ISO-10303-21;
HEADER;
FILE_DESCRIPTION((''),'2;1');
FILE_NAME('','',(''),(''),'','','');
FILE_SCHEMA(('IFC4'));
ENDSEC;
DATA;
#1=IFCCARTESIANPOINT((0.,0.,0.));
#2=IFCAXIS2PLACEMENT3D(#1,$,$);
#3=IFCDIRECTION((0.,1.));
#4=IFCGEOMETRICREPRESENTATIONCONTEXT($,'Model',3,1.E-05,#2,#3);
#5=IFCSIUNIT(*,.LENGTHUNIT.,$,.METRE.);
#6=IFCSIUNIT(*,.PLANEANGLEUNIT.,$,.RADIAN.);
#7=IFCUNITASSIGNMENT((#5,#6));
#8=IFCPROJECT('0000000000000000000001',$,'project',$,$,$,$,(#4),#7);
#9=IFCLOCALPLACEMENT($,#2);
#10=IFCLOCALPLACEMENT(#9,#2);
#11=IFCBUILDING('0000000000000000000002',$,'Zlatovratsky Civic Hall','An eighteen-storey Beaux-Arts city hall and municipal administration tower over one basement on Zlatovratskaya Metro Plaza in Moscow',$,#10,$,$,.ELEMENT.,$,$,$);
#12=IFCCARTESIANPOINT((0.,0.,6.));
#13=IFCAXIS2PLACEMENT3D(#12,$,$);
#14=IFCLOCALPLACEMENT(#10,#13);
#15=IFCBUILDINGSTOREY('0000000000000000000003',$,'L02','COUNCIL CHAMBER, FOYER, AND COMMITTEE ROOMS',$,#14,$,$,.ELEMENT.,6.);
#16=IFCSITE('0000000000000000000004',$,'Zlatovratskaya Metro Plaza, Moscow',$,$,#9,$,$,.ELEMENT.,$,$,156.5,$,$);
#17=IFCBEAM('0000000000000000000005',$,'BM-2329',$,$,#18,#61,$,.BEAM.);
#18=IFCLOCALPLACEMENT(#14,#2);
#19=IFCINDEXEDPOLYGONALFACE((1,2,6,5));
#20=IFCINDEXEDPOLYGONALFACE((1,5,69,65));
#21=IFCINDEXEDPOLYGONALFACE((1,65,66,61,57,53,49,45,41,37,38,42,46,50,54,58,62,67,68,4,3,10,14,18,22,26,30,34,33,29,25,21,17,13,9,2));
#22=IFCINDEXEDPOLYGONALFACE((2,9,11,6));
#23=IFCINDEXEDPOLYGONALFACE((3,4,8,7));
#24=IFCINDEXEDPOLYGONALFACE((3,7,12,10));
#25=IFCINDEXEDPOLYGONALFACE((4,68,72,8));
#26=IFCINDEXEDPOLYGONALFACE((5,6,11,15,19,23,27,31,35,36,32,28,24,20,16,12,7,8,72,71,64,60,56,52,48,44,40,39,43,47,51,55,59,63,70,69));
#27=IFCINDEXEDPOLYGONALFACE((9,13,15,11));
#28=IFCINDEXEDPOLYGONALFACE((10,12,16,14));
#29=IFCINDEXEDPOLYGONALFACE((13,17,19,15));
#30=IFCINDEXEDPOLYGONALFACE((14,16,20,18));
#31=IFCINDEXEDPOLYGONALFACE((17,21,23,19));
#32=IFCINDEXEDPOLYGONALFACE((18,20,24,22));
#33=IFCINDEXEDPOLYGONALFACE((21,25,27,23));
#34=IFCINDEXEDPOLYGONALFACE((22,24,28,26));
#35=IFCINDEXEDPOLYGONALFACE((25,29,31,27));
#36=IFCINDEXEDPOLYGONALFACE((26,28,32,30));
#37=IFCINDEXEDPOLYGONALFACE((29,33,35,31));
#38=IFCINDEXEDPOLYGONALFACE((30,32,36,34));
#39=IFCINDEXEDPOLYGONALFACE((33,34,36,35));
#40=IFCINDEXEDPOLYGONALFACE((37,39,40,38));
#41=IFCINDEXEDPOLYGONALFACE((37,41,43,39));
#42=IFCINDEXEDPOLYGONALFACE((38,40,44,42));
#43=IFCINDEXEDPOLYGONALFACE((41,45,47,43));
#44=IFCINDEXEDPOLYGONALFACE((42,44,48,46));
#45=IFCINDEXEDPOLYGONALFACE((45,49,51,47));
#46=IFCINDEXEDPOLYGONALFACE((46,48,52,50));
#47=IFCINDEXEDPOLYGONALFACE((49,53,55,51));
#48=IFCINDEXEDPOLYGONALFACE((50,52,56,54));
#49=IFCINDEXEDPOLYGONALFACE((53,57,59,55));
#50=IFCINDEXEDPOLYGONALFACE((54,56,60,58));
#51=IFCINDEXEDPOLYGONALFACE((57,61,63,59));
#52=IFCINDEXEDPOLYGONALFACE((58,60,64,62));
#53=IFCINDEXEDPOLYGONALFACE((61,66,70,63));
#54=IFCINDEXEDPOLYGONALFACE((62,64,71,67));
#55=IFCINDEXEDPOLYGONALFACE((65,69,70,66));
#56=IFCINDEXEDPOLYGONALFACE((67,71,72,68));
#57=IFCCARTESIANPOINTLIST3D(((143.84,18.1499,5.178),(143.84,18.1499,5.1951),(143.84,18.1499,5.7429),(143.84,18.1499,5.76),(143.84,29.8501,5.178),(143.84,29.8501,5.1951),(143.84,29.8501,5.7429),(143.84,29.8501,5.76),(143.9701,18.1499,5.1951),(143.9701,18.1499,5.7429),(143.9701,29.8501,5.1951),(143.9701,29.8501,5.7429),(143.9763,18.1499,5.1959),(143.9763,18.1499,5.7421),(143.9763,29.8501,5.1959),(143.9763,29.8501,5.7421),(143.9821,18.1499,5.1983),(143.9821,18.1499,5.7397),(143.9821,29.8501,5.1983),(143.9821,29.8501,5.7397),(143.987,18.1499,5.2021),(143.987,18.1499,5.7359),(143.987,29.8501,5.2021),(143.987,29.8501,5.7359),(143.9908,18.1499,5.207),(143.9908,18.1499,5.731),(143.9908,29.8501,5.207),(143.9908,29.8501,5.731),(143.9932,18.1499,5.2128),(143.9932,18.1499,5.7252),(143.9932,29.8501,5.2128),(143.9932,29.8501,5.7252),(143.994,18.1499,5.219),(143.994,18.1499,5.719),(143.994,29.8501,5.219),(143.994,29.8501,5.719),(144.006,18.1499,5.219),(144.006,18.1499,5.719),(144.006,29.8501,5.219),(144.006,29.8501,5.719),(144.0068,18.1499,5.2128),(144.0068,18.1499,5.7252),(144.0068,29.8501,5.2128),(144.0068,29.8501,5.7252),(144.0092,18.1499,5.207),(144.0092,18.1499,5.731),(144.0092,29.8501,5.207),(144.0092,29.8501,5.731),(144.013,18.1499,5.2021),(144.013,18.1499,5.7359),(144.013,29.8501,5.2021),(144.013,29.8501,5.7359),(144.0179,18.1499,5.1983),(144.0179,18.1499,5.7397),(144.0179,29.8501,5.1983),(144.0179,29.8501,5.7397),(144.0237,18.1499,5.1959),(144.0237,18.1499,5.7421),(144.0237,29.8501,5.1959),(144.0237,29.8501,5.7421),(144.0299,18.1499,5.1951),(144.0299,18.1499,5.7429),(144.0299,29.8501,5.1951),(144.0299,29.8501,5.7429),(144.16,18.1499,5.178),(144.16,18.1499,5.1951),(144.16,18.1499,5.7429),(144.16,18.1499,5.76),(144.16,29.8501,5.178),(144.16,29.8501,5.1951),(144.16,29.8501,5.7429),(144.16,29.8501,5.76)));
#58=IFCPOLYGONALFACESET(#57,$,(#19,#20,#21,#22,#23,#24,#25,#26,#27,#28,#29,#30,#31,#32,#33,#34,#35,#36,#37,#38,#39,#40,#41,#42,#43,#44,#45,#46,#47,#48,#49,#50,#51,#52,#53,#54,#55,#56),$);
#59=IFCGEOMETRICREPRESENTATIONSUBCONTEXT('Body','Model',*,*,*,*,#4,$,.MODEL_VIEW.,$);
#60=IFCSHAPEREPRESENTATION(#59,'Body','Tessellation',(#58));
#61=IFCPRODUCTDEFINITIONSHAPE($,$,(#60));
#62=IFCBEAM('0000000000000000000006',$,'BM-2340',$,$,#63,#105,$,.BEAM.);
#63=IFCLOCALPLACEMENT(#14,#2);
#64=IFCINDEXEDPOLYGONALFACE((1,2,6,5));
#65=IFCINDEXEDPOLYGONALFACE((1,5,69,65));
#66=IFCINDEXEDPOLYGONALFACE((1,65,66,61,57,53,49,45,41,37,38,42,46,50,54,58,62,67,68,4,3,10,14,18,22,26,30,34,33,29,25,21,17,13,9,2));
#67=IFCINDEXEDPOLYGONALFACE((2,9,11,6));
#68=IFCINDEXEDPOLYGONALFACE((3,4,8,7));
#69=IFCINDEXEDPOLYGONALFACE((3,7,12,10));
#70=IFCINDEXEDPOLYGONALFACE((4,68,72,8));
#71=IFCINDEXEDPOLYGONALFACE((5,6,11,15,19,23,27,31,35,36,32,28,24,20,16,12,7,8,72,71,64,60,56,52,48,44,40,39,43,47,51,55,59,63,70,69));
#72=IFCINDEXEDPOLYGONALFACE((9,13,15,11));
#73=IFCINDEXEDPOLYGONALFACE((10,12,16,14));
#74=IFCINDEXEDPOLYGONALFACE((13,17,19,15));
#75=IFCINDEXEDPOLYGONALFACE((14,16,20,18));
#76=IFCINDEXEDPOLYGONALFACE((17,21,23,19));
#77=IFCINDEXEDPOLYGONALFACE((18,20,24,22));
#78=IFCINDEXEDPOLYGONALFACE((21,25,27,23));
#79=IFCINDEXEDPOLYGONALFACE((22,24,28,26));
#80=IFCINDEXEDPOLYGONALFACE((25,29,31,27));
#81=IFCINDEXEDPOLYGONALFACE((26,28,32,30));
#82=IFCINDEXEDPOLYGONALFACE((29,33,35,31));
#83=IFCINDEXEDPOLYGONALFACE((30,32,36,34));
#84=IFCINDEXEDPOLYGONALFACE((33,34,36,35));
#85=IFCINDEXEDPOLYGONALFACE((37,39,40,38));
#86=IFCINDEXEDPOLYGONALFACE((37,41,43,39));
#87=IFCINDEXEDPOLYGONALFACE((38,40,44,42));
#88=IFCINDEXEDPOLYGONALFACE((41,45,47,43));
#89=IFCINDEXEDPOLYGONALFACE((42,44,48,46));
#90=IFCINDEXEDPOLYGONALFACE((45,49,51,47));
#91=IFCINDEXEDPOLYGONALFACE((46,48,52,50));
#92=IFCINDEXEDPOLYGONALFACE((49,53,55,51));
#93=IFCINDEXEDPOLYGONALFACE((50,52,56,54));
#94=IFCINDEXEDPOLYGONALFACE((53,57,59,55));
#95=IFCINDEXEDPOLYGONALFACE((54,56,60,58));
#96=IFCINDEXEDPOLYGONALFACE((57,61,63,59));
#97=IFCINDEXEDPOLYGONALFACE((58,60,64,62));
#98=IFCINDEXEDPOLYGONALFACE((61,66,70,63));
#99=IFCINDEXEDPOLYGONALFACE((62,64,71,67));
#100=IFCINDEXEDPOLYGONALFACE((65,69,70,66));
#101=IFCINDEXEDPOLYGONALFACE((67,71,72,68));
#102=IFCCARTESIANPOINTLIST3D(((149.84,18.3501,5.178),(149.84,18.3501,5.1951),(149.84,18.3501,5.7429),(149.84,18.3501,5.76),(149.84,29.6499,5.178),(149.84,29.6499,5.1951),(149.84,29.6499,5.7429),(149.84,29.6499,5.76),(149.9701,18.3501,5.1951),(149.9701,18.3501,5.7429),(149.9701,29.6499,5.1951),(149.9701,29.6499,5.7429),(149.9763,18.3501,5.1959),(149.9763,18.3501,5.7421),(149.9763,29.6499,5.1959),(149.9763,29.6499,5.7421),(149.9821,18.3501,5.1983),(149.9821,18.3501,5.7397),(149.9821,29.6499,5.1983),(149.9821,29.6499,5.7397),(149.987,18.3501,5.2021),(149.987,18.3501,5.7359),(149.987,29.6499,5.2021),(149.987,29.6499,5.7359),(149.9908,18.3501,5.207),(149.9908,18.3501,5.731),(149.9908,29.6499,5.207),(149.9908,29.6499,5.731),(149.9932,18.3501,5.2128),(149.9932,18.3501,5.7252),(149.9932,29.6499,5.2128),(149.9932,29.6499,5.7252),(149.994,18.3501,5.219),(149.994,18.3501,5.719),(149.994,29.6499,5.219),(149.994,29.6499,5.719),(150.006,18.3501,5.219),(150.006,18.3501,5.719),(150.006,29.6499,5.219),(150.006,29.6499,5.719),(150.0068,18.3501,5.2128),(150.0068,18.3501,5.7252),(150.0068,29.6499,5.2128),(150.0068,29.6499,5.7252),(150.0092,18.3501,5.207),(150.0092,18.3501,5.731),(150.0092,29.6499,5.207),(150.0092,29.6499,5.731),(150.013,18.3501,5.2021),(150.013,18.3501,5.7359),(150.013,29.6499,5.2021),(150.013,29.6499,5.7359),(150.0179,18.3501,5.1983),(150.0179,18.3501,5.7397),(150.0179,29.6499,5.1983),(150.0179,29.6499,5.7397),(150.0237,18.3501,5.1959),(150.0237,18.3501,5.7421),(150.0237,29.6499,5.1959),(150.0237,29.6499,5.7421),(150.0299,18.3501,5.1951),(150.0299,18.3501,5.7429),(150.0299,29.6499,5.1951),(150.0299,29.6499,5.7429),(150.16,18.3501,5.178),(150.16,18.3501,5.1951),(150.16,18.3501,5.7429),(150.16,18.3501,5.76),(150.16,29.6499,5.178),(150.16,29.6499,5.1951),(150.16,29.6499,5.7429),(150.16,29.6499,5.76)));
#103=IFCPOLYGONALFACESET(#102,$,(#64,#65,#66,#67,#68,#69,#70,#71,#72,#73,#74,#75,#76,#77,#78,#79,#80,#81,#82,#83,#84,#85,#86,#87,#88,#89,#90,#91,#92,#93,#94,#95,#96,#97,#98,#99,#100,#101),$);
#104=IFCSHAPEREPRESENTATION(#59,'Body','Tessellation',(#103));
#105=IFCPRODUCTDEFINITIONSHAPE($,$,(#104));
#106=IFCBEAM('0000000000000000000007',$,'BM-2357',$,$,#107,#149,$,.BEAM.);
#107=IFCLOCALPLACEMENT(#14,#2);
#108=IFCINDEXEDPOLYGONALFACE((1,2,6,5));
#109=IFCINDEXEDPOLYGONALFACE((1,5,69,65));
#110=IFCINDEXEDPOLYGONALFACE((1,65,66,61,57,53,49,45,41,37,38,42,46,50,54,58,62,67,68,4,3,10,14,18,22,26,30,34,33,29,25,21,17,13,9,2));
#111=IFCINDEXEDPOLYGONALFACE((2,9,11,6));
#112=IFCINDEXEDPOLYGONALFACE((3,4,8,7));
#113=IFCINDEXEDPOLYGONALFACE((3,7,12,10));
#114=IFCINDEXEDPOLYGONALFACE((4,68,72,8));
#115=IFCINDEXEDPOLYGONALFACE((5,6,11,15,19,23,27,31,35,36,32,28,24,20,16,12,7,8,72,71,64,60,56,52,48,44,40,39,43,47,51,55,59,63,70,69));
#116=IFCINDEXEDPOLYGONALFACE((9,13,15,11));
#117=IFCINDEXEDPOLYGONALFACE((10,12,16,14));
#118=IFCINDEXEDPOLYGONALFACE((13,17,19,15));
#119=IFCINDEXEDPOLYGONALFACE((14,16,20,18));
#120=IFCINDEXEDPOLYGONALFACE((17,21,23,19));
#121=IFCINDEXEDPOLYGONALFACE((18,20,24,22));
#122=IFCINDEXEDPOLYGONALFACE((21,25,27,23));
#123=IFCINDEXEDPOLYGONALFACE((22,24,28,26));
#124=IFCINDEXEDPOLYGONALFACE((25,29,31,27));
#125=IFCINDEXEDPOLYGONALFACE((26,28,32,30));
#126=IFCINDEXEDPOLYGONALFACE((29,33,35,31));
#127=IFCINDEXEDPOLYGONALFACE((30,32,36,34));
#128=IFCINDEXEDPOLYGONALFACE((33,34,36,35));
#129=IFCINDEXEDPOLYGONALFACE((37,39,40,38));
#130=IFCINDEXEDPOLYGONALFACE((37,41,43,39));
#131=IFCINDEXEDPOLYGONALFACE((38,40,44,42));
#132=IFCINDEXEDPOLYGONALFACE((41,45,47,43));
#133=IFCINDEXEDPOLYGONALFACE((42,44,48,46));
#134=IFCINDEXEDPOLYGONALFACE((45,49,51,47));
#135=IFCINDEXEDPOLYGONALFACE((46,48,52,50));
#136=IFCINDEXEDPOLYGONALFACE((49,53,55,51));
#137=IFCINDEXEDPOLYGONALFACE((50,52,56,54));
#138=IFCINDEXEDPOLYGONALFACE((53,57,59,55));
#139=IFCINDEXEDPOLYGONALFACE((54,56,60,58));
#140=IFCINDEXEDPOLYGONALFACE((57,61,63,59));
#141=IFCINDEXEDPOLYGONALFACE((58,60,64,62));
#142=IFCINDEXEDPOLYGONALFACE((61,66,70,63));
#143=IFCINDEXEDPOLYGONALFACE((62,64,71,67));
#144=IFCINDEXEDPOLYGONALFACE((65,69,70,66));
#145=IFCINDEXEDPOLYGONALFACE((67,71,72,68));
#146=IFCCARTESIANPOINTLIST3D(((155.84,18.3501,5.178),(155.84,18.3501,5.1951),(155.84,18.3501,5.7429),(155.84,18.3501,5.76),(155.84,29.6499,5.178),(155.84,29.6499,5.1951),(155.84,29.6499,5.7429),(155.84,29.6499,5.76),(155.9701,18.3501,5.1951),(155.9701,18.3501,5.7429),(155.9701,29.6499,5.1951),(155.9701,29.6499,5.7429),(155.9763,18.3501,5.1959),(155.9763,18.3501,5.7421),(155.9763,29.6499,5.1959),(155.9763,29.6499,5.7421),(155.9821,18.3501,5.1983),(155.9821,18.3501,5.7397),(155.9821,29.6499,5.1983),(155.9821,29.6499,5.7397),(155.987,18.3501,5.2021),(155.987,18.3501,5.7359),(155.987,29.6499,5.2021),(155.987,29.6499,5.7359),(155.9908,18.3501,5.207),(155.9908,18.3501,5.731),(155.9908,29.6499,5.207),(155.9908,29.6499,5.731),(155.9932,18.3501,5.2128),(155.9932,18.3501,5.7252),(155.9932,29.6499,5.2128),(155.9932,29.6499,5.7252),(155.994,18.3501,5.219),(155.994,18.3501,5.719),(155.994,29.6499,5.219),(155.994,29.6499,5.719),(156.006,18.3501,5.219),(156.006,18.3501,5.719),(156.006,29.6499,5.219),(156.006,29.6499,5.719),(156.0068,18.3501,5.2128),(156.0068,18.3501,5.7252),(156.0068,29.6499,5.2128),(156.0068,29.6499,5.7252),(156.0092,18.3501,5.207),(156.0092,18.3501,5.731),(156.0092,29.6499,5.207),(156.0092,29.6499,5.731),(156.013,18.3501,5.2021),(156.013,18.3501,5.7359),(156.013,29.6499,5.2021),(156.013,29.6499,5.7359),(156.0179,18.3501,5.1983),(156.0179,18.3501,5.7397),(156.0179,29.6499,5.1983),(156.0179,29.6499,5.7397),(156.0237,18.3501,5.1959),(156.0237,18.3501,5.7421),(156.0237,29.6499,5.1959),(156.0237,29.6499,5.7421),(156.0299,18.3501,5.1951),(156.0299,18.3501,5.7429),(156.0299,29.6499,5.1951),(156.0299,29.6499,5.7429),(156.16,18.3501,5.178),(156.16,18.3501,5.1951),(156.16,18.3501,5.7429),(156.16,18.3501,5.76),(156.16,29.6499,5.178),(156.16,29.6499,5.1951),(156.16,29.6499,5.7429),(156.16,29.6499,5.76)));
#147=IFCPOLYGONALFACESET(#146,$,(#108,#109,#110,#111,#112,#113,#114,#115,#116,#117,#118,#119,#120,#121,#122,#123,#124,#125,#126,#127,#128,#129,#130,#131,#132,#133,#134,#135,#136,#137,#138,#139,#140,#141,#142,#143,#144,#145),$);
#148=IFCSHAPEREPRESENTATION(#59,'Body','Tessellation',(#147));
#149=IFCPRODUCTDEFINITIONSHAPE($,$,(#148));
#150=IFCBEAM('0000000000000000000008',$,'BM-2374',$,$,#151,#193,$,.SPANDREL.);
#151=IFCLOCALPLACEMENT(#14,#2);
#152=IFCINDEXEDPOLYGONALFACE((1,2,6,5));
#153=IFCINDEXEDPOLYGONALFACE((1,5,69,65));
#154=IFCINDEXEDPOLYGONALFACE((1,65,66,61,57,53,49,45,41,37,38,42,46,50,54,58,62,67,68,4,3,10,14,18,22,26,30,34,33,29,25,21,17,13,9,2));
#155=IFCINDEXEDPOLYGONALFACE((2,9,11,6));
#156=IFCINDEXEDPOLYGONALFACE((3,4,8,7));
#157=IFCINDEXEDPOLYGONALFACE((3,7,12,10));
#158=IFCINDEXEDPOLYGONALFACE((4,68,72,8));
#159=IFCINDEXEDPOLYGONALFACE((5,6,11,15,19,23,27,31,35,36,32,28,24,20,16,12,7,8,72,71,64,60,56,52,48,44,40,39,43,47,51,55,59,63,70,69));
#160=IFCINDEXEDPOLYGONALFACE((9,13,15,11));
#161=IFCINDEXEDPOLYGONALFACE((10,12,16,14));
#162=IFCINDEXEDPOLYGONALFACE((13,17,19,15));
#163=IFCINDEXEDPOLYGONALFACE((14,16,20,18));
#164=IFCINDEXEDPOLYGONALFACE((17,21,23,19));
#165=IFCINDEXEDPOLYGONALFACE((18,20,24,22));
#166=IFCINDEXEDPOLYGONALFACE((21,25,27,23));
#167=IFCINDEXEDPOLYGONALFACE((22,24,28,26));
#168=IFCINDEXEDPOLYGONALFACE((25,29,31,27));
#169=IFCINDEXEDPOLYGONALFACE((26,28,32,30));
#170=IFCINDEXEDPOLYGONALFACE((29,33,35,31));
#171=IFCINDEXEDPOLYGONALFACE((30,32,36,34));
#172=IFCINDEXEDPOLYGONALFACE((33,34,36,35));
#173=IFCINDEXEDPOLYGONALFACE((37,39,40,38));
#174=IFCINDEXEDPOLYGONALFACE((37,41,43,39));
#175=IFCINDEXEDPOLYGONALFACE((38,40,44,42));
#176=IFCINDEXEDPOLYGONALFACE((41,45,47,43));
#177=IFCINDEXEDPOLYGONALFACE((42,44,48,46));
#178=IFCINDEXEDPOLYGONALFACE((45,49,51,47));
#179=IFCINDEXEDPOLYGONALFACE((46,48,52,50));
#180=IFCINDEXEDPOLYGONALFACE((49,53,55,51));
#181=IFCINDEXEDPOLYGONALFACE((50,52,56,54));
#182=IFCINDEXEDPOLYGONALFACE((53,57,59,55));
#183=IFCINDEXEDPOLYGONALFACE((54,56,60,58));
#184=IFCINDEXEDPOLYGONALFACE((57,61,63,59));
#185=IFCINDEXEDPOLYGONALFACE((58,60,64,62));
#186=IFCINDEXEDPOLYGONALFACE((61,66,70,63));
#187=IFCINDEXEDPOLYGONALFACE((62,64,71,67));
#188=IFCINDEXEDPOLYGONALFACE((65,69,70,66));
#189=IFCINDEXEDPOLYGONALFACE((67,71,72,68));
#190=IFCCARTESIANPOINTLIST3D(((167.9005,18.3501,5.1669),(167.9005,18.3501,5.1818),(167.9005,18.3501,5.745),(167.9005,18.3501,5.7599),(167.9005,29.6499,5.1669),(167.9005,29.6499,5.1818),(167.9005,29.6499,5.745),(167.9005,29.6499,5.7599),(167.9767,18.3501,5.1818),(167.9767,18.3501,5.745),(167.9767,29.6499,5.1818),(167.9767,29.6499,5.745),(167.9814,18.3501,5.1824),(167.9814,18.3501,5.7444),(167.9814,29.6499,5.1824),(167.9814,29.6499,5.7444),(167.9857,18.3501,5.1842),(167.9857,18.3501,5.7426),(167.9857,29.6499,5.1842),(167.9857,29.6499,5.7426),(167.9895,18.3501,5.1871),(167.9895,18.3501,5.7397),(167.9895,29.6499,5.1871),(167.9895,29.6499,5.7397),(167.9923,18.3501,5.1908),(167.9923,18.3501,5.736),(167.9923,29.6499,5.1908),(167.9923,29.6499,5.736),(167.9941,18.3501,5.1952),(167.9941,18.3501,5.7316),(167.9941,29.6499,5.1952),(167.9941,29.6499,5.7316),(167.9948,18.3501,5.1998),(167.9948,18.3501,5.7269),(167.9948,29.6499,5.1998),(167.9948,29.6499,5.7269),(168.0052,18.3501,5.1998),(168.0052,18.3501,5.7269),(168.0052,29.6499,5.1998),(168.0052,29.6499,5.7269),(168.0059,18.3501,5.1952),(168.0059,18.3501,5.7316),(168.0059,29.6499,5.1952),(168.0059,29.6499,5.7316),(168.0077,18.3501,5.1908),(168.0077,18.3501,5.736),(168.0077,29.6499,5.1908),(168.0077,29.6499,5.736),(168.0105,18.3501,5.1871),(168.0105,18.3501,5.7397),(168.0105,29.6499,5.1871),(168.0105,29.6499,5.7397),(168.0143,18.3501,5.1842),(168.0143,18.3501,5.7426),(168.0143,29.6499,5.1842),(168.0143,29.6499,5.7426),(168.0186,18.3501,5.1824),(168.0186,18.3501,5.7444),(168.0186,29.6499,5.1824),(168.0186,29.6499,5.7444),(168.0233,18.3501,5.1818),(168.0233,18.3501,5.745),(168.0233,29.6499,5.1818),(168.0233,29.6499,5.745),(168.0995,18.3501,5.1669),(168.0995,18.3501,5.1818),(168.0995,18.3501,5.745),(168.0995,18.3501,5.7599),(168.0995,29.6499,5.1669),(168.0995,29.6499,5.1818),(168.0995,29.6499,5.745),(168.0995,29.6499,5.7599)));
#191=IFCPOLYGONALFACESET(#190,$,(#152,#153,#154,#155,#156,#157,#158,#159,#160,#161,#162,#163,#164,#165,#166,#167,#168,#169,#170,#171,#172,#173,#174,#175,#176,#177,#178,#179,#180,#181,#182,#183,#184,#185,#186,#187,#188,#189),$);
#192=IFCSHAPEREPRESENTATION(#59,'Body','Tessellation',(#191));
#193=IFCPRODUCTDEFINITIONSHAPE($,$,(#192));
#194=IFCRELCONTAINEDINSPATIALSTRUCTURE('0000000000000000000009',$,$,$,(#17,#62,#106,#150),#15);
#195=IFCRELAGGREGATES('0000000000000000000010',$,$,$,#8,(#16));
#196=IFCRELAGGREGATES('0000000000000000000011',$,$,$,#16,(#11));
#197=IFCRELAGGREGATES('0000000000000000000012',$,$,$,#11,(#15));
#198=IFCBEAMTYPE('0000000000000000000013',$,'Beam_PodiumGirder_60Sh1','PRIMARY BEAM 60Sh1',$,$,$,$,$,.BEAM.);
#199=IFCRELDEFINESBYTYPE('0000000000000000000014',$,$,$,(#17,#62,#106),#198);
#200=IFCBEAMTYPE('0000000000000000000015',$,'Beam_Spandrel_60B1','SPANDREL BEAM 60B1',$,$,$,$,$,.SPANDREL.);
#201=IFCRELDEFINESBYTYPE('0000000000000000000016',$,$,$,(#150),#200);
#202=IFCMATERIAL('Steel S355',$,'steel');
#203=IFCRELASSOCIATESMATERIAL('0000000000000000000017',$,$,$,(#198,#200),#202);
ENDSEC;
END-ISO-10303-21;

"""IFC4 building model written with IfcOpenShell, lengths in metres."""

from ifc_helpers import new_model, si_unit, direction, frame, origin, origin_2d, place, context, subcontext, project, spatial, i_section, extrude, material, material_profile, profile_set, type_object, element, save


model = new_model("IFC4")

# Units and contexts
model_context = context("Model", 3, precision=1e-05, world=origin(), true_north=direction((0.0, 1.0)))
body_context = subcontext(model_context, "Body", "Model", "MODEL_VIEW")
ifc_project = project(units=[si_unit("LENGTHUNIT", "METRE"), si_unit("PLANEANGLEUNIT", "RADIAN")], contexts=[model_context])

# Site, building, storey
site_placement = place(None, origin())
site = spatial("IfcSite", under=ifc_project, at=site_placement, Name="Zlatovratskaya Metro Plaza, Moscow", CompositionType="ELEMENT", RefElevation=156.5)
building_placement = place(site_placement, origin())
building = spatial("IfcBuilding", under=site, at=building_placement, Name="Zlatovratsky Civic Hall", Description="An eighteen-storey Beaux-Arts city hall and municipal administration tower over one basement on Zlatovratskaya Metro Plaza in Moscow", CompositionType="ELEMENT")
storey_placement = place(building_placement, frame((0.0, 0.0, 6.0)))
storey = spatial("IfcBuildingStorey", under=building, at=storey_placement, Name="L02", Description="COUNCIL CHAMBER, FOYER, AND COMMITTEE ROOMS", CompositionType="ELEMENT", Elevation=6.0)

# Shared definitions
ifc_material_1 = material(Name="Steel S355", Category="steel")

# Beams
ifc_material_profile_1 = material_profile(ifc_material_1, i_section(OverallWidth=0.3201, OverallDepth=0.582, WebThickness=0.012, FlangeThickness=0.0171, FilletRadius=0.0239, at=origin_2d()), Name="60Sh1")
ifc_profile_set_1 = profile_set([ifc_material_profile_1], Name="Steel S355")
beam_type_1 = type_object("IfcBeamType", Name="Beam_PodiumGirder_60Sh1", Description="PRIMARY BEAM 60Sh1", PredefinedType="BEAM", material=ifc_profile_set_1)
beam_1_placement = place(storey_placement, frame((144.0, 18.1499, 5.469), z_axis=(0.0, 1.0, 0.0), x_axis=(-1.0, 0.0, 0.0)))
element("IfcBeam", 1, at=beam_1_placement, inside=storey, type_object=beam_type_1, Name="BM-2329", PredefinedType="BEAM", context=body_context, shape_type="SweptSolid", body=[
    extrude(i_section(OverallWidth=0.3201, OverallDepth=0.582, WebThickness=0.012, FlangeThickness=0.0171, FilletRadius=0.0239, at=origin_2d()), origin(), (0.0, 0.0, 1.0), 11.7002),
])
for number, where, z_axis, x_axis, name in (
    (2, (150.0, 18.3501, 5.469), (0.0, 1.0, 0.0), (-1.0, 0.0, 0.0), "BM-2340"),
    (3, (156.0, 18.3501, 5.469), (0.0, 1.0, 0.0), (-1.0, 0.0, 0.0), "BM-2357"),
):
    element("IfcBeam", number, at=place(storey_placement, frame(where, z_axis=z_axis, x_axis=x_axis)), inside=storey, type_object=beam_type_1, Name=name, PredefinedType="BEAM", context=body_context, shape_type="SweptSolid", body=[
        extrude(i_section(OverallWidth=0.3201, OverallDepth=0.582, WebThickness=0.012, FlangeThickness=0.0171, FilletRadius=0.0239, at=origin_2d()), origin(), (0.0, 0.0, 1.0), 11.2998),
    ])
ifc_material_profile_2 = material_profile(ifc_material_1, i_section(OverallWidth=0.199, OverallDepth=0.593, WebThickness=0.0105, FlangeThickness=0.0149, FilletRadius=0.0181, at=origin_2d()), Name="60B1")
ifc_profile_set_2 = profile_set([ifc_material_profile_2], Name="Steel S355")
beam_type_2 = type_object("IfcBeamType", Name="Beam_Spandrel_60B1", Description="SPANDREL BEAM 60B1", PredefinedType="SPANDREL", material=ifc_profile_set_2)
beam_2_placement = place(storey_placement, frame((168.0, 18.3501, 5.4634), z_axis=(0.0, 1.0, 0.0), x_axis=(-1.0, 0.0, 0.0)))
element("IfcBeam", 4, at=beam_2_placement, inside=storey, type_object=beam_type_2, Name="BM-2374", PredefinedType="SPANDREL", context=body_context, shape_type="SweptSolid", body=[
    extrude(i_section(OverallWidth=0.199, OverallDepth=0.593, WebThickness=0.0105, FlangeThickness=0.0149, FilletRadius=0.0181, at=origin_2d()), origin(), (0.0, 0.0, 1.0), 11.2998),
])

save(model, "model.ifc")
